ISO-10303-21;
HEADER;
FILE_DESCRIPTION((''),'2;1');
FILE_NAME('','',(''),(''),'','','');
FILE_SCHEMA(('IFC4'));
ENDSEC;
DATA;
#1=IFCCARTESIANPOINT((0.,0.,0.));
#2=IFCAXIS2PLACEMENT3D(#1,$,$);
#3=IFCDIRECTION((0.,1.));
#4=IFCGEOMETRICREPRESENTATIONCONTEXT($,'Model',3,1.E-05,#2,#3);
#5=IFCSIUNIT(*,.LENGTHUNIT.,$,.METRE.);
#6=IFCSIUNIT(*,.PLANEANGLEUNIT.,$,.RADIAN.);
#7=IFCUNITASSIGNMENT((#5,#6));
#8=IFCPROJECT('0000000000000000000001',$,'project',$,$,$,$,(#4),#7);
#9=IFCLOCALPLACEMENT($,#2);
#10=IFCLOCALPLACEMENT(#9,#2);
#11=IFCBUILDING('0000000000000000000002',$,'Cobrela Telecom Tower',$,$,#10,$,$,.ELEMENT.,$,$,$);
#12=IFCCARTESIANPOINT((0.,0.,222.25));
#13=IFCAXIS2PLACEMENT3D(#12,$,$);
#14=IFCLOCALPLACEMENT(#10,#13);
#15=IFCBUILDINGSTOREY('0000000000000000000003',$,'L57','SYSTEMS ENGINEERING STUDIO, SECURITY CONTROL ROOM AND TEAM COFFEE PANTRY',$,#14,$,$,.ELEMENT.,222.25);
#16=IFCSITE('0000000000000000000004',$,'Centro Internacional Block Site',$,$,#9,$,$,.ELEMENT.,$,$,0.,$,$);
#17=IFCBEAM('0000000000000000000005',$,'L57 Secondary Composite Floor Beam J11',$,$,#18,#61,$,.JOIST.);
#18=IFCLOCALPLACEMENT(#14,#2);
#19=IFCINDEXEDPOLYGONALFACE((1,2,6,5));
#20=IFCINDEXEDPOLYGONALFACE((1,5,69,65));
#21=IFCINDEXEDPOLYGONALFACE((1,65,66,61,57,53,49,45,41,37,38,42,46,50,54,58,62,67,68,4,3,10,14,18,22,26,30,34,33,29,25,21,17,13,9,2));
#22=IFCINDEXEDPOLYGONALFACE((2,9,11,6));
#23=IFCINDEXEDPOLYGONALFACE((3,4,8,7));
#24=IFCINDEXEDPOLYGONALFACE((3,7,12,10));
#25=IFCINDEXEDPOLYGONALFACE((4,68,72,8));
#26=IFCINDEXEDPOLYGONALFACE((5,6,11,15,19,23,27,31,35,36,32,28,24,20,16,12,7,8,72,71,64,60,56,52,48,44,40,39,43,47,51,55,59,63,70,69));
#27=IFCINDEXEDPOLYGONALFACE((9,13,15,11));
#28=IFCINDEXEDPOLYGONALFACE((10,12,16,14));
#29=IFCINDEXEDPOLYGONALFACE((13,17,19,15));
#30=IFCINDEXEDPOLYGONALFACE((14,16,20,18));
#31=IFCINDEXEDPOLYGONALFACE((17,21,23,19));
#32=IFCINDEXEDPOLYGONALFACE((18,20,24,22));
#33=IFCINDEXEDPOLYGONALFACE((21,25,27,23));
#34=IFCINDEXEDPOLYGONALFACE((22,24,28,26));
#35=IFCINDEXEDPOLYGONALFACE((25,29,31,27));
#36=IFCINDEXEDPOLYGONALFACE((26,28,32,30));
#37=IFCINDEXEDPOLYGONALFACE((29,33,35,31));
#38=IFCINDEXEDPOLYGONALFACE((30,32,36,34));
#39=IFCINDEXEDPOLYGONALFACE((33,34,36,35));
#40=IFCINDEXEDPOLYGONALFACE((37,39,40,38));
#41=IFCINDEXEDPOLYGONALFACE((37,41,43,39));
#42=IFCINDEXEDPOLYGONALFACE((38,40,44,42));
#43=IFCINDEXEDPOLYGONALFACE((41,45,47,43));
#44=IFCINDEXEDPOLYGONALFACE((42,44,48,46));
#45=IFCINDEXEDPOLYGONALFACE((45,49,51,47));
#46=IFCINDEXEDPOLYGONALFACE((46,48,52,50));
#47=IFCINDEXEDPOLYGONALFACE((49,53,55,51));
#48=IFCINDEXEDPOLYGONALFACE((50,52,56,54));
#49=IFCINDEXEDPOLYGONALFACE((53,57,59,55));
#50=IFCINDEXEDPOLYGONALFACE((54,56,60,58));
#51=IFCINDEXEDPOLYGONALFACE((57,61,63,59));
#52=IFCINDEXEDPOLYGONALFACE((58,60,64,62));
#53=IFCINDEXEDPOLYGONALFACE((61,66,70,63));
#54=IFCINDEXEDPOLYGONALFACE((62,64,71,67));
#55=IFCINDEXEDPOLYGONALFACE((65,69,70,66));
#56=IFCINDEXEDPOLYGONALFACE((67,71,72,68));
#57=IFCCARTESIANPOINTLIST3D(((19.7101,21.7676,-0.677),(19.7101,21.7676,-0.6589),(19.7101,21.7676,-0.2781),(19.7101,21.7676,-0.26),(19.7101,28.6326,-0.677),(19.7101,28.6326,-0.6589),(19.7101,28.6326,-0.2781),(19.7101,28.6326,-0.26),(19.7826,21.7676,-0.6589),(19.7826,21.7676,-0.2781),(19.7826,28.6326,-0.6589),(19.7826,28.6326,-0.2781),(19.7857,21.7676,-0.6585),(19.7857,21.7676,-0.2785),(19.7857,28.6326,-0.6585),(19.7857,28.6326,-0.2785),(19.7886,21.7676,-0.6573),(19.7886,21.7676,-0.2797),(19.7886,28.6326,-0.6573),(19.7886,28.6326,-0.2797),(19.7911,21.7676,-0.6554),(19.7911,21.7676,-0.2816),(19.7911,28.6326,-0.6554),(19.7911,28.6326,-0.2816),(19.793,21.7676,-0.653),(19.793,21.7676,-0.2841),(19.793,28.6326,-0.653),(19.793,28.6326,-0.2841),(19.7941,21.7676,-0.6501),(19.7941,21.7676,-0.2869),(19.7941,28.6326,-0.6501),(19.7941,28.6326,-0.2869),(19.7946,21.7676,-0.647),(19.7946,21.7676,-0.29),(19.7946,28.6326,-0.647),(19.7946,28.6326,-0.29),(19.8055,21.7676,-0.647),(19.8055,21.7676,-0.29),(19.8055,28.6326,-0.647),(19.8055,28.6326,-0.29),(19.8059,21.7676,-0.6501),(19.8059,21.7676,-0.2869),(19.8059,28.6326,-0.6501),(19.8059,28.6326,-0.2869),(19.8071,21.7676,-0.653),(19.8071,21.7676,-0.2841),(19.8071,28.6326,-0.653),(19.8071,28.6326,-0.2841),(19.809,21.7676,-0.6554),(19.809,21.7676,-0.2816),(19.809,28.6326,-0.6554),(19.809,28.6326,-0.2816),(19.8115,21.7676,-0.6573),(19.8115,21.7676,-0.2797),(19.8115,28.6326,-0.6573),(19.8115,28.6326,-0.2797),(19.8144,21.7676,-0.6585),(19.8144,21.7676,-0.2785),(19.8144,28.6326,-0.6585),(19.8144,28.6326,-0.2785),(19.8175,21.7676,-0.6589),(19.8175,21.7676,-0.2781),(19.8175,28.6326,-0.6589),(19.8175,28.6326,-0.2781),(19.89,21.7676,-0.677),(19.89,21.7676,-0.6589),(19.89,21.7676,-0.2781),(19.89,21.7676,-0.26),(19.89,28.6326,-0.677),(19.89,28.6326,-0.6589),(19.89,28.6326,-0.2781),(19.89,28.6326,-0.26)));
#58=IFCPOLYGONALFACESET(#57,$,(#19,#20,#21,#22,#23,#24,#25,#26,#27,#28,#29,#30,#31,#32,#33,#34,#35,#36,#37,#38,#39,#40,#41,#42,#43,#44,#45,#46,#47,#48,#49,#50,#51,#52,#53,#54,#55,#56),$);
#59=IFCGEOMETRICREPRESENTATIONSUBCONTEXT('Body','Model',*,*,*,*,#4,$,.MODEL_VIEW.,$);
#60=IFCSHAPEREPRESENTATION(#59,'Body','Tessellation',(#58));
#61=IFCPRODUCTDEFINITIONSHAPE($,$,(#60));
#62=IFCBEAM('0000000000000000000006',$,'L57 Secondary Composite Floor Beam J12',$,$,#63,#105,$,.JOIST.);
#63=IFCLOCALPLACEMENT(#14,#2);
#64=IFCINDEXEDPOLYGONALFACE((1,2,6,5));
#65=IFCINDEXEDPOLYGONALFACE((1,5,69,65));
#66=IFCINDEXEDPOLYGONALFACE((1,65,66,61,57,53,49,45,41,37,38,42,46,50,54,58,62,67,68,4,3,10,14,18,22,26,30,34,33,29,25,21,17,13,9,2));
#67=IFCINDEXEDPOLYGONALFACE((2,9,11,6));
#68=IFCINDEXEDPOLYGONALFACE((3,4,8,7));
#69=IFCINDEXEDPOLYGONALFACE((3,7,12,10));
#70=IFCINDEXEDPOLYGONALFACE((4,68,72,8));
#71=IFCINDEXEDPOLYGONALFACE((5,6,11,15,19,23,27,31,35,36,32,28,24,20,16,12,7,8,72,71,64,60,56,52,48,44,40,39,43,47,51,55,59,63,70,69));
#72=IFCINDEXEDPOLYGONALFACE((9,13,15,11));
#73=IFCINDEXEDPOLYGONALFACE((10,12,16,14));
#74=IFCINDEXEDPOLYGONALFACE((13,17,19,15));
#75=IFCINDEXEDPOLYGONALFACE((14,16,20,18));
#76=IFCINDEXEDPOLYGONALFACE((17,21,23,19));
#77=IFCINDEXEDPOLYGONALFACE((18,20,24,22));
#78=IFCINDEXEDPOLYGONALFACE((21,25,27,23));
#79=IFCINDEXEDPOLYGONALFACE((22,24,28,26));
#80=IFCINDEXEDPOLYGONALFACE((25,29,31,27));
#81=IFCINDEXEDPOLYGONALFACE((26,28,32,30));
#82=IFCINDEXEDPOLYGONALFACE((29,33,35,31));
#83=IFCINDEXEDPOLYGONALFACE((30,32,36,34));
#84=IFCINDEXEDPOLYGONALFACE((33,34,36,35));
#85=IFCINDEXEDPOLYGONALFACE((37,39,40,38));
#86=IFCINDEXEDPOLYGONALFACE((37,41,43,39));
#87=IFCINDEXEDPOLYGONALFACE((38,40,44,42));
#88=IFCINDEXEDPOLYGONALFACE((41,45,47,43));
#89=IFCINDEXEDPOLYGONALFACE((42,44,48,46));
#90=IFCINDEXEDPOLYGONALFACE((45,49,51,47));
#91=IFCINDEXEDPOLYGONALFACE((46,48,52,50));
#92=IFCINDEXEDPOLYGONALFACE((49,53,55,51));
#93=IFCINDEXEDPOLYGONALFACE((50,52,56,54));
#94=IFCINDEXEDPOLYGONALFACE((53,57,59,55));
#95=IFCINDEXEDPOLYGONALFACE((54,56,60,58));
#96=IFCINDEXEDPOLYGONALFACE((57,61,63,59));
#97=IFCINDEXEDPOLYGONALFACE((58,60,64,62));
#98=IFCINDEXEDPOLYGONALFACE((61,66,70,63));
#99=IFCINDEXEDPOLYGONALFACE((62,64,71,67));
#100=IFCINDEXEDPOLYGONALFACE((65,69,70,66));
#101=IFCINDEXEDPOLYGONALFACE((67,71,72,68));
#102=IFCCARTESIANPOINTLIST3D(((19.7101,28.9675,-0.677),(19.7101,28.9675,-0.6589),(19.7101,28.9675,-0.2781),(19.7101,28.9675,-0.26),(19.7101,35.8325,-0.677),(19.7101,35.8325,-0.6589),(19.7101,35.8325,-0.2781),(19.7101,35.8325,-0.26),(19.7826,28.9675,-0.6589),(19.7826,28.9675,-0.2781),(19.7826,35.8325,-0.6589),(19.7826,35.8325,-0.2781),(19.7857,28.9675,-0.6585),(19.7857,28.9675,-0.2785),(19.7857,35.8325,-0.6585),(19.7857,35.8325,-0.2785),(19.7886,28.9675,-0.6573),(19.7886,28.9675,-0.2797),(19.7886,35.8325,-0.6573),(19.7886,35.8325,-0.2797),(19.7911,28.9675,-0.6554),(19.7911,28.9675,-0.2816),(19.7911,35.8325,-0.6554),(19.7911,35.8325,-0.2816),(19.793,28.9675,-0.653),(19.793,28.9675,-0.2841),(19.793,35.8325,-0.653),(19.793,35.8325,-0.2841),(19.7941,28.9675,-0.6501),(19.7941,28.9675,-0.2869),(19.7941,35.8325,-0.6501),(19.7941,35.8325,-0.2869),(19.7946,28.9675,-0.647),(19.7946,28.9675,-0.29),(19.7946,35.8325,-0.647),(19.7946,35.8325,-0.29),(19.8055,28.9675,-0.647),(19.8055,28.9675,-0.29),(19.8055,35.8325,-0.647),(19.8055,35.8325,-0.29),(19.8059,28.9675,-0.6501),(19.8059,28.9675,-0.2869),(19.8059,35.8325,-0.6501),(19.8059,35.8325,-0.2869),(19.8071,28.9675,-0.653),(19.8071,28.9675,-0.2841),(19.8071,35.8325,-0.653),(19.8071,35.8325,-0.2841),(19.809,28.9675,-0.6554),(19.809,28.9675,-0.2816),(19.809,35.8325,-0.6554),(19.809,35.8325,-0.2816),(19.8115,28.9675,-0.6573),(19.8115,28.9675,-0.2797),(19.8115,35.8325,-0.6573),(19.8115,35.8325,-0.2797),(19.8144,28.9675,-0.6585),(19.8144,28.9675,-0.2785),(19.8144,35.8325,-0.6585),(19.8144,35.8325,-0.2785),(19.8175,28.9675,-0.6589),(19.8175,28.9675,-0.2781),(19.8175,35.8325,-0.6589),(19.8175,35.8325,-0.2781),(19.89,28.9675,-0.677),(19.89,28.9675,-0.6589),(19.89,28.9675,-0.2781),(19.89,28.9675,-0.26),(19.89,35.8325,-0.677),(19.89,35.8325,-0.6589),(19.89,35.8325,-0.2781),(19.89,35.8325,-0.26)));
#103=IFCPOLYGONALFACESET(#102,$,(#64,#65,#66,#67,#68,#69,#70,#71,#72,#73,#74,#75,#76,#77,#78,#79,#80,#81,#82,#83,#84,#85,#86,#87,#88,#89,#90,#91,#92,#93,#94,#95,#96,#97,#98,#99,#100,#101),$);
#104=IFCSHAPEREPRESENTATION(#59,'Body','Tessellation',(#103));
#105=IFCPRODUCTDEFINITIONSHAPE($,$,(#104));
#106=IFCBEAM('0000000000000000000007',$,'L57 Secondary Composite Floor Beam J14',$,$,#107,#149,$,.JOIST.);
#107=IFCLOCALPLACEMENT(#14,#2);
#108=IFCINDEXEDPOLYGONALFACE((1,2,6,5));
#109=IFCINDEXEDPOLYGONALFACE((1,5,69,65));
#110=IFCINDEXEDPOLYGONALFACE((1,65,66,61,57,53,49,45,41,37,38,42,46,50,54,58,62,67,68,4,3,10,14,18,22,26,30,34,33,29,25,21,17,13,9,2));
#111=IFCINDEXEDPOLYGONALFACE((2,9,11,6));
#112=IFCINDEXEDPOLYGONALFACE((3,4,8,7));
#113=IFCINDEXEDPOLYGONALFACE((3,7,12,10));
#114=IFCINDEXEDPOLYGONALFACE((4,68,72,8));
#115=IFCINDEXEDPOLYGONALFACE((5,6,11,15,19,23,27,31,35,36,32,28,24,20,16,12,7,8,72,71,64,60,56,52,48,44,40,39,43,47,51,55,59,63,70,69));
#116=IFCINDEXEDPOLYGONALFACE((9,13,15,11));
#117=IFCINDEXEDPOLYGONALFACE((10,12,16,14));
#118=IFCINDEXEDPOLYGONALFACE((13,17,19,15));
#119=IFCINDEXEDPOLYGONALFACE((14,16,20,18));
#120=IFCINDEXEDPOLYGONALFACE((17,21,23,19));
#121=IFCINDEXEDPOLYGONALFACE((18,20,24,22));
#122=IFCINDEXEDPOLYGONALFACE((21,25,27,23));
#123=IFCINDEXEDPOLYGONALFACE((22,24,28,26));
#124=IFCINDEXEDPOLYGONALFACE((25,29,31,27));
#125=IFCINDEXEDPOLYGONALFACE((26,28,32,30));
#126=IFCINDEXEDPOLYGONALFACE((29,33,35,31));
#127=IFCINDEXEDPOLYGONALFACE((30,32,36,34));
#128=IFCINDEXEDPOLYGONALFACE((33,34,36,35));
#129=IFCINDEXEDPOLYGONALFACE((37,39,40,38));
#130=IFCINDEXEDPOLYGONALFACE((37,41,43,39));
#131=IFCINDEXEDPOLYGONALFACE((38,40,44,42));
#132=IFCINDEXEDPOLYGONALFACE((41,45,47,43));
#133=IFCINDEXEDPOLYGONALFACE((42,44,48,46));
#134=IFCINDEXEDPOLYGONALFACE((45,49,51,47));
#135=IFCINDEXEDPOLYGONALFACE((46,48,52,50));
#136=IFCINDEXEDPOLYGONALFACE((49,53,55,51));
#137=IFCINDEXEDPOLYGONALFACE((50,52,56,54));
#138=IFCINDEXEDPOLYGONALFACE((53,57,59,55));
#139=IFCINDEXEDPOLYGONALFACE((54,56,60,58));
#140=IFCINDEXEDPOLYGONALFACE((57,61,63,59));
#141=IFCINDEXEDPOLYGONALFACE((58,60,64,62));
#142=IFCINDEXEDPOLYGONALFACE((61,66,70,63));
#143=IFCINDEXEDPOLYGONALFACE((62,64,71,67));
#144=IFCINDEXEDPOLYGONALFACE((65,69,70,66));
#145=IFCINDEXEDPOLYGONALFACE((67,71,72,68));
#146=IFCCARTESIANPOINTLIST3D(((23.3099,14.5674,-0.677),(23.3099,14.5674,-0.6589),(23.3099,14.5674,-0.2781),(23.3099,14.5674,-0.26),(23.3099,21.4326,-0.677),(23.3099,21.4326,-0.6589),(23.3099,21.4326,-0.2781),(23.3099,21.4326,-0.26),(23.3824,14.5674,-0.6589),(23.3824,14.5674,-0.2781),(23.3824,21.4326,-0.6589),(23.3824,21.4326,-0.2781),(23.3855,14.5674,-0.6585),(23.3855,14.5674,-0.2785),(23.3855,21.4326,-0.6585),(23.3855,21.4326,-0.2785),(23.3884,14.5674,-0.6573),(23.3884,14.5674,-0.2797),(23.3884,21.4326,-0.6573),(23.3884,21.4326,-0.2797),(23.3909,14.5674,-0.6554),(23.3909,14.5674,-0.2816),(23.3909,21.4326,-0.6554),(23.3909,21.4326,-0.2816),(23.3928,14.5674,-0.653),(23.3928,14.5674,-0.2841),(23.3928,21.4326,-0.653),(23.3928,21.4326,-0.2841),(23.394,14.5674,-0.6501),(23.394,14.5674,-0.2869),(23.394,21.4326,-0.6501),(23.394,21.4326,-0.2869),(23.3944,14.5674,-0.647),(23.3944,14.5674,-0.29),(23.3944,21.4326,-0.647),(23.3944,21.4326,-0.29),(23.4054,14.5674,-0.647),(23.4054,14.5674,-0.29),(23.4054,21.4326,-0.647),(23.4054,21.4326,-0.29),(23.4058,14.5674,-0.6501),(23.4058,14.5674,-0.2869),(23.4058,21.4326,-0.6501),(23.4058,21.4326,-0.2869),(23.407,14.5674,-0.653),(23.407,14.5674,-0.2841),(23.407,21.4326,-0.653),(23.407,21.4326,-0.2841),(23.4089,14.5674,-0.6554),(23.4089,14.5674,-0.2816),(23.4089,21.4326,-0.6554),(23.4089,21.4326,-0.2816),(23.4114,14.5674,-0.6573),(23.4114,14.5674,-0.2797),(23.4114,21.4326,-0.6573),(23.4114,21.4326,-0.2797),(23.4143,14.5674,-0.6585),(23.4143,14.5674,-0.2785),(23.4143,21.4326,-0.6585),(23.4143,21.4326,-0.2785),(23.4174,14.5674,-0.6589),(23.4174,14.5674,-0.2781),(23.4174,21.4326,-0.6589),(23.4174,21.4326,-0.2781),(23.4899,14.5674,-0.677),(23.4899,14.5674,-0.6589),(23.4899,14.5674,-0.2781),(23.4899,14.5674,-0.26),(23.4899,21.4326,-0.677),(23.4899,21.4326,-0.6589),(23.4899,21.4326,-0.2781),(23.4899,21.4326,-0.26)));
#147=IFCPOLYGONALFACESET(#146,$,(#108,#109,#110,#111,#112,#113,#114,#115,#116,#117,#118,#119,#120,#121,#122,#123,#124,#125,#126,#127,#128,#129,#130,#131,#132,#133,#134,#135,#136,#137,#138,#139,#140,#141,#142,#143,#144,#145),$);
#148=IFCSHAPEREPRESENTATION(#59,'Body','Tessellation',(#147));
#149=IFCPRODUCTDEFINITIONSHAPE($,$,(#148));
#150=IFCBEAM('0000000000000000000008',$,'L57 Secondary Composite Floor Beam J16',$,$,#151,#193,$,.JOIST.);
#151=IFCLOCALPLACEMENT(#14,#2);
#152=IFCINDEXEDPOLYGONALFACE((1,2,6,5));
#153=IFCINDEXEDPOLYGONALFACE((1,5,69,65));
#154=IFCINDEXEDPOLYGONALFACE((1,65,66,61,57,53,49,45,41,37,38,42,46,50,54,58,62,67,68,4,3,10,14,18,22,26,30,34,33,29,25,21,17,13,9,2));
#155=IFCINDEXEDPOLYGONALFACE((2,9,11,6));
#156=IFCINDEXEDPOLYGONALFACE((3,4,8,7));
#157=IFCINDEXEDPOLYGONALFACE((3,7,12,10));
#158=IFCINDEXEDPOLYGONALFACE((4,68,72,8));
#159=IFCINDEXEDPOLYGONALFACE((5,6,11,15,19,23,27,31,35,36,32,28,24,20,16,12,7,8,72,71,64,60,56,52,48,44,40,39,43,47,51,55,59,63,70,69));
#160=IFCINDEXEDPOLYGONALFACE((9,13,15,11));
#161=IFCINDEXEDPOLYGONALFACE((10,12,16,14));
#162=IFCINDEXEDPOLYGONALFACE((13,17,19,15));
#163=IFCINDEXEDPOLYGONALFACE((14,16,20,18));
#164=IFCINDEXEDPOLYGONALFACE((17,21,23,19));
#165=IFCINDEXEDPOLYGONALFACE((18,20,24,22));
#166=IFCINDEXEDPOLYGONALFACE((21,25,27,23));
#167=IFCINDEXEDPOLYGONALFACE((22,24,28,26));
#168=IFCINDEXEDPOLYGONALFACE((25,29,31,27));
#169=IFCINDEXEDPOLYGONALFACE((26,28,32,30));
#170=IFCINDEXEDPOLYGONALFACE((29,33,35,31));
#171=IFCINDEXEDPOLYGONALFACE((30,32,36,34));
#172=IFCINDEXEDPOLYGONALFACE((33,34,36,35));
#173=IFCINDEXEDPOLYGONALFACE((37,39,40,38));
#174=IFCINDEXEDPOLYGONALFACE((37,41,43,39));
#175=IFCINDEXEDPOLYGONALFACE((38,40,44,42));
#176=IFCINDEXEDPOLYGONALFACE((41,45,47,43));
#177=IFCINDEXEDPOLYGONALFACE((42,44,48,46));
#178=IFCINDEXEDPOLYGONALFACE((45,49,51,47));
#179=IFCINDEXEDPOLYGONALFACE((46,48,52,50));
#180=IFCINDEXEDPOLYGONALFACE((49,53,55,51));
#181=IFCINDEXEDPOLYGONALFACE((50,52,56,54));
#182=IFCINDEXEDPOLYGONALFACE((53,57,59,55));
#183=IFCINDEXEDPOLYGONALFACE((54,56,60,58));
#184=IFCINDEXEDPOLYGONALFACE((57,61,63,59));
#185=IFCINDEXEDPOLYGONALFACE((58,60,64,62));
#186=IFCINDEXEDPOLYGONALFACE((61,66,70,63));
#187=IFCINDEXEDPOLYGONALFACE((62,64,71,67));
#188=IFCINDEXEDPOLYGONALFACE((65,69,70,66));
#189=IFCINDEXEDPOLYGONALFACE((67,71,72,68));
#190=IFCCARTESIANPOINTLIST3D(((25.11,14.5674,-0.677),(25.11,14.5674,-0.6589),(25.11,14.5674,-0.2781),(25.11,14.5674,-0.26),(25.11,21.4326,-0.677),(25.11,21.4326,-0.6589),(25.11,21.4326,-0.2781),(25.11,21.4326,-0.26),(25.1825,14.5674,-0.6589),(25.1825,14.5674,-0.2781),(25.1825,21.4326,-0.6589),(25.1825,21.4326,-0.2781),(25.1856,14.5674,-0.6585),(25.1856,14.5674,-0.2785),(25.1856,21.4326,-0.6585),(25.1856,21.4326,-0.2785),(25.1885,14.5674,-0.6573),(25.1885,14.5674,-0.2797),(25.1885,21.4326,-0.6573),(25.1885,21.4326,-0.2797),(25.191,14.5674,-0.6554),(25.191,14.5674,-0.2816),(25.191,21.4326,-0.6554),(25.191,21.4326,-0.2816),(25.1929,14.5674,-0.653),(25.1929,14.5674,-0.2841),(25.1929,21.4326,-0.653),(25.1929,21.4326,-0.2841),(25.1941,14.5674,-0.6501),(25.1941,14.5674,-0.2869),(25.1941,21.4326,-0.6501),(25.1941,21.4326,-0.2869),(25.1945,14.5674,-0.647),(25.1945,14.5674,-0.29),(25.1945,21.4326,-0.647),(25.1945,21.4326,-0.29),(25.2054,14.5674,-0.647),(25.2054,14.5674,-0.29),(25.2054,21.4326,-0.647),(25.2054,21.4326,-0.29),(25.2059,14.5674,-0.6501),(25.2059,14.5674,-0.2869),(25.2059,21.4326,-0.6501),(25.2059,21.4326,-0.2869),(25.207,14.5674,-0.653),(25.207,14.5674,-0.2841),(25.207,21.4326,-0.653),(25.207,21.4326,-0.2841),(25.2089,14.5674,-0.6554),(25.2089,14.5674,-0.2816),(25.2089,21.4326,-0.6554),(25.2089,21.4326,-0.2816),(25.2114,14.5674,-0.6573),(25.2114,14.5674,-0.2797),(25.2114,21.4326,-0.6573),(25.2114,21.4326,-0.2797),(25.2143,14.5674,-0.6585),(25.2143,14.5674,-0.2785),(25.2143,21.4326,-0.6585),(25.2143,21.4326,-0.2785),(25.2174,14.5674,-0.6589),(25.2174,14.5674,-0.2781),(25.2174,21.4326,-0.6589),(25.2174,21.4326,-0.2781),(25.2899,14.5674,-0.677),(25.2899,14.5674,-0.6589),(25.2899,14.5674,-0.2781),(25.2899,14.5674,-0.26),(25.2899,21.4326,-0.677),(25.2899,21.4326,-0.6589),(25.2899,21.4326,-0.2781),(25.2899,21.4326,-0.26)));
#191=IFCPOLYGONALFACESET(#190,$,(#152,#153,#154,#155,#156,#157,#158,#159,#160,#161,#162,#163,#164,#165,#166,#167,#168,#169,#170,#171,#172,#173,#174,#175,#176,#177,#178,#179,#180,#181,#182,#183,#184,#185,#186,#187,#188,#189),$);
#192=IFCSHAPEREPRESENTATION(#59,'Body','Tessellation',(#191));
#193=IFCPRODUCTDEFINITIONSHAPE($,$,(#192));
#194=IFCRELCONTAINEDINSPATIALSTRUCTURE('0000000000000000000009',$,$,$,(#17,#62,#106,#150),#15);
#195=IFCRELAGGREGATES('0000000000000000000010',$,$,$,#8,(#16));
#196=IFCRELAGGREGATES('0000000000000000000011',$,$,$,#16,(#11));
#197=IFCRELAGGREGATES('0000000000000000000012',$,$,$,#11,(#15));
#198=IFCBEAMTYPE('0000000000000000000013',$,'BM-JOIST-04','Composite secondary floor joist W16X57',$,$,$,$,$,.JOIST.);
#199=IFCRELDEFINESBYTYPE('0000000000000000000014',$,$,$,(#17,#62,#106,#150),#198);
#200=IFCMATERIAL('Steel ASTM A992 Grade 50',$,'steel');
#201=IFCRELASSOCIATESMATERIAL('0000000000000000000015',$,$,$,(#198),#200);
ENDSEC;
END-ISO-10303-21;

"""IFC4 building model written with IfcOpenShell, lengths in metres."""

from ifc_helpers import new_model, si_unit, direction, frame, origin, origin_2d, place, context, subcontext, project, spatial, i_section, extrude, material, material_profile, profile_set, type_object, element, save


model = new_model("IFC4")

# Units and contexts
model_context = context("Model", 3, precision=1e-05, world=origin(), true_north=direction((0.0, 1.0)))
body_context = subcontext(model_context, "Body", "Model", "MODEL_VIEW")
ifc_project = project(units=[si_unit("LENGTHUNIT", "METRE"), si_unit("PLANEANGLEUNIT", "RADIAN")], contexts=[model_context])

# Site, building, storey
site_placement = place(None, origin())
site = spatial("IfcSite", under=ifc_project, at=site_placement, Name="Centro Internacional Block Site", CompositionType="ELEMENT", RefElevation=0.0)
building_placement = place(site_placement, origin())
building = spatial("IfcBuilding", under=site, at=building_placement, Name="Cobrela Telecom Tower", CompositionType="ELEMENT")
storey_placement = place(building_placement, frame((0.0, 0.0, 222.25)))
storey = spatial("IfcBuildingStorey", under=building, at=storey_placement, Name="L57", Description="SYSTEMS ENGINEERING STUDIO, SECURITY CONTROL ROOM AND TEAM COFFEE PANTRY", CompositionType="ELEMENT", Elevation=222.25)

# Shared definitions
ifc_material_1 = material(Name="Steel ASTM A992 Grade 50", Category="steel")

# Beams
ifc_material_profile_1 = material_profile(ifc_material_1, i_section(OverallWidth=0.1799, OverallDepth=0.417, WebThickness=0.011, FlangeThickness=0.0181, FilletRadius=0.012, at=origin_2d()), Name="W16X57")
ifc_profile_set_1 = profile_set([ifc_material_profile_1], Name="Steel ASTM A992 Grade 50")
beam_type_1 = type_object("IfcBeamType", Name="BM-JOIST-04", Description="Composite secondary floor joist W16X57", PredefinedType="JOIST", material=ifc_profile_set_1)
for number, where, z_axis, x_axis, name in (
    (1, (19.8, 21.7676, -0.4685), (0.0, 1.0, 0.0), (-1.0, 0.0, 0.0), "L57 Secondary Composite Floor Beam J11"),
    (2, (19.8, 28.9675, -0.4685), (0.0, 1.0, 0.0), (-1.0, 0.0, 0.0), "L57 Secondary Composite Floor Beam J12"),
):
    element("IfcBeam", number, at=place(storey_placement, frame(where, z_axis=z_axis, x_axis=x_axis)), inside=storey, type_object=beam_type_1, Name=name, PredefinedType="JOIST", context=body_context, shape_type="SweptSolid", body=[
        extrude(i_section(OverallWidth=0.1799, OverallDepth=0.417, WebThickness=0.011, FlangeThickness=0.0181, FilletRadius=0.012, at=origin_2d()), origin(), (0.0, 0.0, 1.0), 6.865),
    ])
for number, where, z_axis, x_axis, name in (
    (3, (23.3999, 14.5674, -0.4685), (0.0, 1.0, 0.0), (-1.0, 0.0, 0.0), "L57 Secondary Composite Floor Beam J14"),
    (4, (25.2, 14.5674, -0.4685), (0.0, 1.0, 0.0), (-1.0, 0.0, 0.0), "L57 Secondary Composite Floor Beam J16"),
):
    element("IfcBeam", number, at=place(storey_placement, frame(where, z_axis=z_axis, x_axis=x_axis)), inside=storey, type_object=beam_type_1, Name=name, PredefinedType="JOIST", context=body_context, shape_type="SweptSolid", body=[
        extrude(i_section(OverallWidth=0.1799, OverallDepth=0.417, WebThickness=0.011, FlangeThickness=0.0181, FilletRadius=0.012, at=origin_2d()), origin(), (0.0, 0.0, 1.0), 6.8652),
    ])

save(model, "model.ifc")
